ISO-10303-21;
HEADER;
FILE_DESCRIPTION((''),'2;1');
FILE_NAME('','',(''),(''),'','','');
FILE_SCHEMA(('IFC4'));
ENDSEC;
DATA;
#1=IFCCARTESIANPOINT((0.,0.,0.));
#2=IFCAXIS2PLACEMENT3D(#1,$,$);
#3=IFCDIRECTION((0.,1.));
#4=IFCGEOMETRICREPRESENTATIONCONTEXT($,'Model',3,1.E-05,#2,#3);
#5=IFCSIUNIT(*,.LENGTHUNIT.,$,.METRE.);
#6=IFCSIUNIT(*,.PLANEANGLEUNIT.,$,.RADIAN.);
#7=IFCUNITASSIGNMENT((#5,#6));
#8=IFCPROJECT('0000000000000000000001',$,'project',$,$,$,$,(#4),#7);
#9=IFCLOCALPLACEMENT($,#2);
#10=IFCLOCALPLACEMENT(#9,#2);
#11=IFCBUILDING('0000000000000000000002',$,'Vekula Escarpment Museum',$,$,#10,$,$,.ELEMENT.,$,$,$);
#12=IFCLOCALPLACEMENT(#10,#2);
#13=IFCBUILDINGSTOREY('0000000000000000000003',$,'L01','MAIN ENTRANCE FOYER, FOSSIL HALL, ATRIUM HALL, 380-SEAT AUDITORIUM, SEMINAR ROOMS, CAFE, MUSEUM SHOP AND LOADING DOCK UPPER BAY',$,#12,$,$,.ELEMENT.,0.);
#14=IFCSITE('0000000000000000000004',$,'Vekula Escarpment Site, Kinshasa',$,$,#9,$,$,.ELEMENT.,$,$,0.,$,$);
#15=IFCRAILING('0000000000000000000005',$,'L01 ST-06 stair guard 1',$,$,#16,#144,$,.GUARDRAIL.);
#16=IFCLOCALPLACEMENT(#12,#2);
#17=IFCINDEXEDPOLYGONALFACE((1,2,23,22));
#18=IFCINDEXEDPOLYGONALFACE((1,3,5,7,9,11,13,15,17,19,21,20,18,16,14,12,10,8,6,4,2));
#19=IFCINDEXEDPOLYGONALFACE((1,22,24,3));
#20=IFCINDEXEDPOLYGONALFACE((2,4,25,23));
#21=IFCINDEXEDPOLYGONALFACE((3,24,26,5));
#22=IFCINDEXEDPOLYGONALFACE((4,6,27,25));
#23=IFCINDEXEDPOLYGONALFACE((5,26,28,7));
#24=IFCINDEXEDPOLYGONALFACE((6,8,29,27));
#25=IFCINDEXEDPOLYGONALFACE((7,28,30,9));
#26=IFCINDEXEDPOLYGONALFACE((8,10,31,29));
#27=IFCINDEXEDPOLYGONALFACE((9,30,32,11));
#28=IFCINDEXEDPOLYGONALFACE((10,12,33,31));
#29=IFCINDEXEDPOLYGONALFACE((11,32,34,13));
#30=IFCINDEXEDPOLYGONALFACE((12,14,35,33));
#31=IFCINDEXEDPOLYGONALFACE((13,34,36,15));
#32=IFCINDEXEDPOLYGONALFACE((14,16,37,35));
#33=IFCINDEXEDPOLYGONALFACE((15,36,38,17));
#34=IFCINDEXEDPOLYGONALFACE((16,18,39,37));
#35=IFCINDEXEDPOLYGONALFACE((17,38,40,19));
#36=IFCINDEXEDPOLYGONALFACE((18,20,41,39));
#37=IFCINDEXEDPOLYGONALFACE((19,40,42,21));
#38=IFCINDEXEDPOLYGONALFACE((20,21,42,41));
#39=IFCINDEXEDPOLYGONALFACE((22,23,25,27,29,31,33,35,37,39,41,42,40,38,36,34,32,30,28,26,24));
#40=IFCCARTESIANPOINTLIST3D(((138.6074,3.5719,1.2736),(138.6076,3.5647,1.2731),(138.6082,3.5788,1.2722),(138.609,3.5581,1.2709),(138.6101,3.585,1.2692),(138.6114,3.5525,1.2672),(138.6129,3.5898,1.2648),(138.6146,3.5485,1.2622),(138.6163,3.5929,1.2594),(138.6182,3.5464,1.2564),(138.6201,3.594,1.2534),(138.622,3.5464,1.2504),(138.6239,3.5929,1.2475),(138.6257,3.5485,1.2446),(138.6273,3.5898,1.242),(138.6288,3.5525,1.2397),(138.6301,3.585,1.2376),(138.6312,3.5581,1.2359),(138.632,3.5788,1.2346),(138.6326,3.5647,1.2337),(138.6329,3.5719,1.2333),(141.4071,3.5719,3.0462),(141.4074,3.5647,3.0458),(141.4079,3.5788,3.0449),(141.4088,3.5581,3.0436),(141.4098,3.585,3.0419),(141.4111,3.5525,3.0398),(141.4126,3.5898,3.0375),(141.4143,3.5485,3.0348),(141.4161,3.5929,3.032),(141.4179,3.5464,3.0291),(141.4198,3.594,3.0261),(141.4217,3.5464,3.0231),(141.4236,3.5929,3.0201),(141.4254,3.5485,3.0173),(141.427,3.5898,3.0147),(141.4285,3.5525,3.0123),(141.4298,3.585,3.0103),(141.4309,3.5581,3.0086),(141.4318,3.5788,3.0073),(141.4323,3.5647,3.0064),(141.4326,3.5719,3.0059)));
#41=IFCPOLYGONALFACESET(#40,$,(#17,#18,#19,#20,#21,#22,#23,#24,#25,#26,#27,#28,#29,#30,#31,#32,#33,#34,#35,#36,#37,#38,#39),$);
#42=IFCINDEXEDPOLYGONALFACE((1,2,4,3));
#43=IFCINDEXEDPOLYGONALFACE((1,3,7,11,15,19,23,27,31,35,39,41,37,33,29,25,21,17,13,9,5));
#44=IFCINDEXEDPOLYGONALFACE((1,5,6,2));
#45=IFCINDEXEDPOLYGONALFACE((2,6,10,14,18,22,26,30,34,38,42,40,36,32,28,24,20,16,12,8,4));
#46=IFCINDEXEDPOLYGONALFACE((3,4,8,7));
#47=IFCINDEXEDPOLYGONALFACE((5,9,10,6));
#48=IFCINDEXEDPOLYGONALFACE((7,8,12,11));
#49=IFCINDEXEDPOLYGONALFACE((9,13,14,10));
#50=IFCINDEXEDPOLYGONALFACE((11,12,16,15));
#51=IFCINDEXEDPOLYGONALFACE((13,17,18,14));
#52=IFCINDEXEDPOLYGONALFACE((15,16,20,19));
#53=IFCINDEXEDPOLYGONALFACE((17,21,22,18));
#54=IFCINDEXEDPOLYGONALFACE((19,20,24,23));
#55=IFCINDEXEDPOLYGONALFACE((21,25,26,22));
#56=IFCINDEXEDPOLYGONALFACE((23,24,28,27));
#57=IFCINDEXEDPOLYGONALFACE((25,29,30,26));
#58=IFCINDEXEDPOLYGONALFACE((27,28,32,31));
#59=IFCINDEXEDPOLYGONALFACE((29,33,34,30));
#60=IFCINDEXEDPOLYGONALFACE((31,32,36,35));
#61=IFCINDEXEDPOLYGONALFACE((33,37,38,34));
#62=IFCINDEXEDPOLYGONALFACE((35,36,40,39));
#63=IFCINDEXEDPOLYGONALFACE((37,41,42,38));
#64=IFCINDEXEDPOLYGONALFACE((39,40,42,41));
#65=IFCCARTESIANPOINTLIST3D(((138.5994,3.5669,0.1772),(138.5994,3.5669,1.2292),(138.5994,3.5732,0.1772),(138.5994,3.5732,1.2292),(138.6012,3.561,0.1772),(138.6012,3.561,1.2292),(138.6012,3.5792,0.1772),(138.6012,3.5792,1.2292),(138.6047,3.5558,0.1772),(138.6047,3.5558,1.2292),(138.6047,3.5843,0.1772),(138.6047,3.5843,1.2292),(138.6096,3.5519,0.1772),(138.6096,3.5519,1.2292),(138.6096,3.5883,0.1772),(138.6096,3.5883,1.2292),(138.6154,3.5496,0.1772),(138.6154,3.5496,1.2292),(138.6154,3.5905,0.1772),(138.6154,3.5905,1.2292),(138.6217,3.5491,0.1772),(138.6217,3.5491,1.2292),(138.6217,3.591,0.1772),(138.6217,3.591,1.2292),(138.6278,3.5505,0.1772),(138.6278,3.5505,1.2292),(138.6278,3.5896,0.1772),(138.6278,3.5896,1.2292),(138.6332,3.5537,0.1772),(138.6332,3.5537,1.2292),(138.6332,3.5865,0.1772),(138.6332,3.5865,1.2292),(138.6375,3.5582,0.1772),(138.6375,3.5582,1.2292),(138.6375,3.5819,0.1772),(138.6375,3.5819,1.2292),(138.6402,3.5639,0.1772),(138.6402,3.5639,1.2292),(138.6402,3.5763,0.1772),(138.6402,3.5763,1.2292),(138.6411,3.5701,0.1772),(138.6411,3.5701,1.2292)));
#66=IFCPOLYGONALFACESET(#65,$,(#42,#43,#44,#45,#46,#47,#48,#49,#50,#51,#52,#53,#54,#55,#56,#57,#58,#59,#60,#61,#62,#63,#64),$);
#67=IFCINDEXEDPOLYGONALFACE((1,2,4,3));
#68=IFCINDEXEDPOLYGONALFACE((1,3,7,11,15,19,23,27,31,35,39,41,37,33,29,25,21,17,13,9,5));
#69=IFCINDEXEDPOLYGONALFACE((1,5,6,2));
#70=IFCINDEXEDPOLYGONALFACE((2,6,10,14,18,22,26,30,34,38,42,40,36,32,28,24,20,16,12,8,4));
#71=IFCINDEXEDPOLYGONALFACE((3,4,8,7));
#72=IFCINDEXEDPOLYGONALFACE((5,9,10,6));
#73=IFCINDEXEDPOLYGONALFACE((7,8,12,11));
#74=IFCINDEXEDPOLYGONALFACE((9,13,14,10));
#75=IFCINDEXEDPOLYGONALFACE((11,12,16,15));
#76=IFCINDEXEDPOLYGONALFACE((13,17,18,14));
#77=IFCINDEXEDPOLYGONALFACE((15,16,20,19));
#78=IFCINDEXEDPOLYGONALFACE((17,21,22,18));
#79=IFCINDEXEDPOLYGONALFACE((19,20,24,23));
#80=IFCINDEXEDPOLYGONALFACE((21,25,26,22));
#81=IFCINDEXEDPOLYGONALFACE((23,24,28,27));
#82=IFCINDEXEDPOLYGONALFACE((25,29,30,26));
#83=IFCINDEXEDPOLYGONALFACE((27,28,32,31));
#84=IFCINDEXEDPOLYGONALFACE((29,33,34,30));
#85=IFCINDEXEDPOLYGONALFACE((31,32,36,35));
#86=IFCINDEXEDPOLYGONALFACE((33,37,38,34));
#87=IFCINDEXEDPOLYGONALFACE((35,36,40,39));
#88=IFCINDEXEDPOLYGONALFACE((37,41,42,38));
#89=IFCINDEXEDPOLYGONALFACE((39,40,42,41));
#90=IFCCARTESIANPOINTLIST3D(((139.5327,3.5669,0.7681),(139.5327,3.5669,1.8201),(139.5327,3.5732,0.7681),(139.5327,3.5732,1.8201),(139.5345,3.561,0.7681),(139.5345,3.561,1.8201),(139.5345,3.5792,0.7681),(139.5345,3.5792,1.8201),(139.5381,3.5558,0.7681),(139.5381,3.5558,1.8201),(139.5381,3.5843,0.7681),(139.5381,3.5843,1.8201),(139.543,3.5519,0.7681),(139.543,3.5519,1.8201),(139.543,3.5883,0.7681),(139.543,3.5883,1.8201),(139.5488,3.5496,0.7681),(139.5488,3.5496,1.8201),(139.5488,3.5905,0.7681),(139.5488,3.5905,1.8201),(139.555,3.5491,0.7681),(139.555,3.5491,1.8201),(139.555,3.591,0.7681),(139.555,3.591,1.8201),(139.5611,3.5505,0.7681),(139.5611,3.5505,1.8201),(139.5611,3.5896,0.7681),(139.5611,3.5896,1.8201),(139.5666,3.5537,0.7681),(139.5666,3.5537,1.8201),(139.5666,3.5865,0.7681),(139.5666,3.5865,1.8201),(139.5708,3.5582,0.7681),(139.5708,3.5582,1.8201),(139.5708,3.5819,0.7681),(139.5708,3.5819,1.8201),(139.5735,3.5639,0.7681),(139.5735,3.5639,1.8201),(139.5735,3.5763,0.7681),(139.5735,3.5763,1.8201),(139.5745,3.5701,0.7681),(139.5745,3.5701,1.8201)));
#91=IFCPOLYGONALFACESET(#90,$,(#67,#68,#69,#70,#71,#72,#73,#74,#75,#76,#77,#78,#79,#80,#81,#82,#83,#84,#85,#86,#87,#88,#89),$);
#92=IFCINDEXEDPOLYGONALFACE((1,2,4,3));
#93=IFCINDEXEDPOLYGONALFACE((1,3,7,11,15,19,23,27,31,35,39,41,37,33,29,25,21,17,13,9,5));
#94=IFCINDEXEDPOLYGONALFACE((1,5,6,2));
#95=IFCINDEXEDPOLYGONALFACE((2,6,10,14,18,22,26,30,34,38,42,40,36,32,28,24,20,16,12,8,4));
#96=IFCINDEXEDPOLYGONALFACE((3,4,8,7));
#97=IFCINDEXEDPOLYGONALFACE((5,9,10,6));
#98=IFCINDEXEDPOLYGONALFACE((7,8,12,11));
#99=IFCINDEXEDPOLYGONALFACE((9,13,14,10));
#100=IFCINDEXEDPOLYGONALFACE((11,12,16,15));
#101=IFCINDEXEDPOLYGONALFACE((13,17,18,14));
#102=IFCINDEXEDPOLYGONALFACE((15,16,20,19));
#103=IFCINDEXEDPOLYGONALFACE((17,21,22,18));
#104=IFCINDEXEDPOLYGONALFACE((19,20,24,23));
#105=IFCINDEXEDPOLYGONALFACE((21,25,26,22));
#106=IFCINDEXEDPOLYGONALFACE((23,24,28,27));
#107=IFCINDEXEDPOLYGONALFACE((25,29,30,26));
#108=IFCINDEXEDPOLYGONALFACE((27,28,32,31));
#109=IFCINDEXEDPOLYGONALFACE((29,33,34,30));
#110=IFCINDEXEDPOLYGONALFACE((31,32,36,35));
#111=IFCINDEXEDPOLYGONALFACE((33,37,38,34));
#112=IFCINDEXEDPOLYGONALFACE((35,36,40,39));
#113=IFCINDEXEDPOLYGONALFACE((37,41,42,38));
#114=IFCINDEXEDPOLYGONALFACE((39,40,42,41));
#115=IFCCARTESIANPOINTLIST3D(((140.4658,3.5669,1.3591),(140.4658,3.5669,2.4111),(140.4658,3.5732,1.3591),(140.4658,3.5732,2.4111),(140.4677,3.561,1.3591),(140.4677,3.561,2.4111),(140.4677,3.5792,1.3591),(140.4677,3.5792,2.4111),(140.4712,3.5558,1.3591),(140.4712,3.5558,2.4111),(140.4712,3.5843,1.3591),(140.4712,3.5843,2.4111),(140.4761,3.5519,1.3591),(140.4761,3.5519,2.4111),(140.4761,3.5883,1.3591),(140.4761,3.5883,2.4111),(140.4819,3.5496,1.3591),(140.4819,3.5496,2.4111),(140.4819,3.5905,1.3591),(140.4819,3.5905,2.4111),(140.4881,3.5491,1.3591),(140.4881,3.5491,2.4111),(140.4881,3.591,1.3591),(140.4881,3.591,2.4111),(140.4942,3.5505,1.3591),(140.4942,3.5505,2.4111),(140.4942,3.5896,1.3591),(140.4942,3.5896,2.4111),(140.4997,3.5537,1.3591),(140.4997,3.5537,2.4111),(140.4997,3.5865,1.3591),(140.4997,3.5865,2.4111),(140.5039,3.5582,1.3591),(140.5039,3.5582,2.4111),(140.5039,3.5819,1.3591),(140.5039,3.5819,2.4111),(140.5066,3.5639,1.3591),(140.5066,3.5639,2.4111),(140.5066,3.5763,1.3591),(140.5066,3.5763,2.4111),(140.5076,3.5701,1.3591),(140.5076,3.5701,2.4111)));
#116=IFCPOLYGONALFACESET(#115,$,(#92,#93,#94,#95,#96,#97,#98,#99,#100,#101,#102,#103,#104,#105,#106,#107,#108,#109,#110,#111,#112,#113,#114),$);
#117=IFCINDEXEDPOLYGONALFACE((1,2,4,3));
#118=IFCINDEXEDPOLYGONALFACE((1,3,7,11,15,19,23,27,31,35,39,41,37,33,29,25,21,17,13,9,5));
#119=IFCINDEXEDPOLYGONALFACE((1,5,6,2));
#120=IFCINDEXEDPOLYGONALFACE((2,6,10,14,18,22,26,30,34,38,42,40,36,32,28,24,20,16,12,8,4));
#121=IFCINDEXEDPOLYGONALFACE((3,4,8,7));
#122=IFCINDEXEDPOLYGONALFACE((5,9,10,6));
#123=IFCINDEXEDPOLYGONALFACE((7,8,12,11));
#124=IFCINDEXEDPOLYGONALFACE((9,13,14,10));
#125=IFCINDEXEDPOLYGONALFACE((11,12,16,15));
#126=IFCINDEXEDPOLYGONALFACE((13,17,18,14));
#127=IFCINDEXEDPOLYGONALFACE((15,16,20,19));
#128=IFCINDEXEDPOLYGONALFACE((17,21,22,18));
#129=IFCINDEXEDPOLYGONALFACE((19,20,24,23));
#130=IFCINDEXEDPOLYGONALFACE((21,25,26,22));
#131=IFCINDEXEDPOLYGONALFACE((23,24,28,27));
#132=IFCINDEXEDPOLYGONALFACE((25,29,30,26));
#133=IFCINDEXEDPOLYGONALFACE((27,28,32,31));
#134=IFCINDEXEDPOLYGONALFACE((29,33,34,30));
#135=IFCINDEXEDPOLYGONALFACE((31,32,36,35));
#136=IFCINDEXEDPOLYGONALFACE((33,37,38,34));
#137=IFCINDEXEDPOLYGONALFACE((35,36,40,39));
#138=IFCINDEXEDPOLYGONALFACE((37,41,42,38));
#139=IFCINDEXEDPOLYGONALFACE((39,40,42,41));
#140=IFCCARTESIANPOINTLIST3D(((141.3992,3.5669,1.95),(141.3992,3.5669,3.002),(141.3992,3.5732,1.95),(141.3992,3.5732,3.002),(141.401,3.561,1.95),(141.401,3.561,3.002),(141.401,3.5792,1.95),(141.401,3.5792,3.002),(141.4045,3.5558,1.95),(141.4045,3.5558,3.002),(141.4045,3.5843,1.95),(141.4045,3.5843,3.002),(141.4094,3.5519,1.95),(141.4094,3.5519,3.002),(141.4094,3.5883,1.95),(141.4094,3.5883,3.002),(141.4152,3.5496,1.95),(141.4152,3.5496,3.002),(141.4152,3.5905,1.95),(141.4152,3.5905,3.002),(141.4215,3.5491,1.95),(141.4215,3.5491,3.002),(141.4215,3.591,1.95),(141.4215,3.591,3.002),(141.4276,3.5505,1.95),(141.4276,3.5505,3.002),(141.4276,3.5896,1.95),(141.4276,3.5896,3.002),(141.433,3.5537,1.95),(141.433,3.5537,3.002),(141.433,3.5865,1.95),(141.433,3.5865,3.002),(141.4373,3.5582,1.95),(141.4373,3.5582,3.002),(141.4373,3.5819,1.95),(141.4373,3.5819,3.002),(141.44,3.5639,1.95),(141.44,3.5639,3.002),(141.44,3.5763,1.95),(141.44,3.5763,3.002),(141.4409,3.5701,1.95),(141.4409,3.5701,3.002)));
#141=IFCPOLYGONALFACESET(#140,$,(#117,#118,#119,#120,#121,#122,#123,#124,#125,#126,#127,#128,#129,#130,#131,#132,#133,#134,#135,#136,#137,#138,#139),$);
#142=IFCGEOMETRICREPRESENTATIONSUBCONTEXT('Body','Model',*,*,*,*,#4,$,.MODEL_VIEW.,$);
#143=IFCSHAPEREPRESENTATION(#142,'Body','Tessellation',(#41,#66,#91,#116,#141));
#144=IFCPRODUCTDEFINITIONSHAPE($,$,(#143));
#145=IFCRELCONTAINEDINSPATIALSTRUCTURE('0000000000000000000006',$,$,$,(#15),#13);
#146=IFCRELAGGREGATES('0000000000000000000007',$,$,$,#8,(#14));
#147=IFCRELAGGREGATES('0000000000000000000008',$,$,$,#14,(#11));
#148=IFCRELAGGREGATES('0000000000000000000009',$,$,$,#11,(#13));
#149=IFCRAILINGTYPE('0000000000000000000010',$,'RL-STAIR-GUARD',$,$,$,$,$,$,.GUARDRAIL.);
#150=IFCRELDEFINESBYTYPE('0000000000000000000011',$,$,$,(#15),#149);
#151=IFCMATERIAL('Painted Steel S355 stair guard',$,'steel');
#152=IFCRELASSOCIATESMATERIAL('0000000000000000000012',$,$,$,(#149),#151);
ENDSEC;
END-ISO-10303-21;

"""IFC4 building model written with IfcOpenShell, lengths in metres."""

from ifc_helpers import new_model, si_unit, direction, frame, origin, origin_2d, place, context, subcontext, project, spatial, circle, extrude, material, type_object, element, save


model = new_model("IFC4")

# Units and contexts
model_context = context("Model", 3, precision=1e-05, world=origin(), true_north=direction((0.0, 1.0)))
body_context = subcontext(model_context, "Body", "Model", "MODEL_VIEW")
ifc_project = project(units=[si_unit("LENGTHUNIT", "METRE"), si_unit("PLANEANGLEUNIT", "RADIAN")], contexts=[model_context])

# Site, building, storey
site_placement = place(None, origin())
site = spatial("IfcSite", under=ifc_project, at=site_placement, Name="Vekula Escarpment Site, Kinshasa", CompositionType="ELEMENT", RefElevation=0.0)
building_placement = place(site_placement, origin())
building = spatial("IfcBuilding", under=site, at=building_placement, Name="Vekula Escarpment Museum", CompositionType="ELEMENT")
storey_placement = place(building_placement, origin())
storey = spatial("IfcBuildingStorey", under=building, at=storey_placement, Name="L01", Description="MAIN ENTRANCE FOYER, FOSSIL HALL, ATRIUM HALL, 380-SEAT AUDITORIUM, SEMINAR ROOMS, CAFE, MUSEUM SHOP AND LOADING DOCK UPPER BAY", CompositionType="ELEMENT", Elevation=0.0)

# Railing
ifc_material_1 = material(Name="Painted Steel S355 stair guard", Category="steel")
railing_type_1 = type_object("IfcRailingType", Name="RL-STAIR-GUARD", PredefinedType="GUARDRAIL", material=ifc_material_1)
railing_1_placement = place(storey_placement, frame((138.6201, 3.5701, 0.1772)))
element("IfcRailing", 1, at=railing_1_placement, inside=storey, type_object=railing_type_1, Name="L01 ST-06 stair guard 1", PredefinedType="GUARDRAIL", context=body_context, shape_type="SweptSolid", body=[
    extrude(circle(Radius=0.0239, at=origin_2d()), frame((0.0, 0.0, 1.0762), z_axis=(0.844888, 0.0, 0.534943), x_axis=(0.0, 1.0, 0.0)), (0.0, 0.0, 1.0), 3.3137),
    extrude(circle(Radius=0.021, at=origin_2d()), origin(), (0.0, 0.0, 1.0), 1.052),
    extrude(circle(Radius=0.021, at=origin_2d()), frame((0.9333, 0.0, 0.5908)), (0.0, 0.0, 1.0), 1.052),
    extrude(circle(Radius=0.021, at=origin_2d()), frame((1.8665, 0.0, 1.1819)), (0.0, 0.0, 1.0), 1.052),
    extrude(circle(Radius=0.021, at=origin_2d()), frame((2.7998, 0.0, 1.7727)), (0.0, 0.0, 1.0), 1.052),
])

save(model, "model.ifc")
